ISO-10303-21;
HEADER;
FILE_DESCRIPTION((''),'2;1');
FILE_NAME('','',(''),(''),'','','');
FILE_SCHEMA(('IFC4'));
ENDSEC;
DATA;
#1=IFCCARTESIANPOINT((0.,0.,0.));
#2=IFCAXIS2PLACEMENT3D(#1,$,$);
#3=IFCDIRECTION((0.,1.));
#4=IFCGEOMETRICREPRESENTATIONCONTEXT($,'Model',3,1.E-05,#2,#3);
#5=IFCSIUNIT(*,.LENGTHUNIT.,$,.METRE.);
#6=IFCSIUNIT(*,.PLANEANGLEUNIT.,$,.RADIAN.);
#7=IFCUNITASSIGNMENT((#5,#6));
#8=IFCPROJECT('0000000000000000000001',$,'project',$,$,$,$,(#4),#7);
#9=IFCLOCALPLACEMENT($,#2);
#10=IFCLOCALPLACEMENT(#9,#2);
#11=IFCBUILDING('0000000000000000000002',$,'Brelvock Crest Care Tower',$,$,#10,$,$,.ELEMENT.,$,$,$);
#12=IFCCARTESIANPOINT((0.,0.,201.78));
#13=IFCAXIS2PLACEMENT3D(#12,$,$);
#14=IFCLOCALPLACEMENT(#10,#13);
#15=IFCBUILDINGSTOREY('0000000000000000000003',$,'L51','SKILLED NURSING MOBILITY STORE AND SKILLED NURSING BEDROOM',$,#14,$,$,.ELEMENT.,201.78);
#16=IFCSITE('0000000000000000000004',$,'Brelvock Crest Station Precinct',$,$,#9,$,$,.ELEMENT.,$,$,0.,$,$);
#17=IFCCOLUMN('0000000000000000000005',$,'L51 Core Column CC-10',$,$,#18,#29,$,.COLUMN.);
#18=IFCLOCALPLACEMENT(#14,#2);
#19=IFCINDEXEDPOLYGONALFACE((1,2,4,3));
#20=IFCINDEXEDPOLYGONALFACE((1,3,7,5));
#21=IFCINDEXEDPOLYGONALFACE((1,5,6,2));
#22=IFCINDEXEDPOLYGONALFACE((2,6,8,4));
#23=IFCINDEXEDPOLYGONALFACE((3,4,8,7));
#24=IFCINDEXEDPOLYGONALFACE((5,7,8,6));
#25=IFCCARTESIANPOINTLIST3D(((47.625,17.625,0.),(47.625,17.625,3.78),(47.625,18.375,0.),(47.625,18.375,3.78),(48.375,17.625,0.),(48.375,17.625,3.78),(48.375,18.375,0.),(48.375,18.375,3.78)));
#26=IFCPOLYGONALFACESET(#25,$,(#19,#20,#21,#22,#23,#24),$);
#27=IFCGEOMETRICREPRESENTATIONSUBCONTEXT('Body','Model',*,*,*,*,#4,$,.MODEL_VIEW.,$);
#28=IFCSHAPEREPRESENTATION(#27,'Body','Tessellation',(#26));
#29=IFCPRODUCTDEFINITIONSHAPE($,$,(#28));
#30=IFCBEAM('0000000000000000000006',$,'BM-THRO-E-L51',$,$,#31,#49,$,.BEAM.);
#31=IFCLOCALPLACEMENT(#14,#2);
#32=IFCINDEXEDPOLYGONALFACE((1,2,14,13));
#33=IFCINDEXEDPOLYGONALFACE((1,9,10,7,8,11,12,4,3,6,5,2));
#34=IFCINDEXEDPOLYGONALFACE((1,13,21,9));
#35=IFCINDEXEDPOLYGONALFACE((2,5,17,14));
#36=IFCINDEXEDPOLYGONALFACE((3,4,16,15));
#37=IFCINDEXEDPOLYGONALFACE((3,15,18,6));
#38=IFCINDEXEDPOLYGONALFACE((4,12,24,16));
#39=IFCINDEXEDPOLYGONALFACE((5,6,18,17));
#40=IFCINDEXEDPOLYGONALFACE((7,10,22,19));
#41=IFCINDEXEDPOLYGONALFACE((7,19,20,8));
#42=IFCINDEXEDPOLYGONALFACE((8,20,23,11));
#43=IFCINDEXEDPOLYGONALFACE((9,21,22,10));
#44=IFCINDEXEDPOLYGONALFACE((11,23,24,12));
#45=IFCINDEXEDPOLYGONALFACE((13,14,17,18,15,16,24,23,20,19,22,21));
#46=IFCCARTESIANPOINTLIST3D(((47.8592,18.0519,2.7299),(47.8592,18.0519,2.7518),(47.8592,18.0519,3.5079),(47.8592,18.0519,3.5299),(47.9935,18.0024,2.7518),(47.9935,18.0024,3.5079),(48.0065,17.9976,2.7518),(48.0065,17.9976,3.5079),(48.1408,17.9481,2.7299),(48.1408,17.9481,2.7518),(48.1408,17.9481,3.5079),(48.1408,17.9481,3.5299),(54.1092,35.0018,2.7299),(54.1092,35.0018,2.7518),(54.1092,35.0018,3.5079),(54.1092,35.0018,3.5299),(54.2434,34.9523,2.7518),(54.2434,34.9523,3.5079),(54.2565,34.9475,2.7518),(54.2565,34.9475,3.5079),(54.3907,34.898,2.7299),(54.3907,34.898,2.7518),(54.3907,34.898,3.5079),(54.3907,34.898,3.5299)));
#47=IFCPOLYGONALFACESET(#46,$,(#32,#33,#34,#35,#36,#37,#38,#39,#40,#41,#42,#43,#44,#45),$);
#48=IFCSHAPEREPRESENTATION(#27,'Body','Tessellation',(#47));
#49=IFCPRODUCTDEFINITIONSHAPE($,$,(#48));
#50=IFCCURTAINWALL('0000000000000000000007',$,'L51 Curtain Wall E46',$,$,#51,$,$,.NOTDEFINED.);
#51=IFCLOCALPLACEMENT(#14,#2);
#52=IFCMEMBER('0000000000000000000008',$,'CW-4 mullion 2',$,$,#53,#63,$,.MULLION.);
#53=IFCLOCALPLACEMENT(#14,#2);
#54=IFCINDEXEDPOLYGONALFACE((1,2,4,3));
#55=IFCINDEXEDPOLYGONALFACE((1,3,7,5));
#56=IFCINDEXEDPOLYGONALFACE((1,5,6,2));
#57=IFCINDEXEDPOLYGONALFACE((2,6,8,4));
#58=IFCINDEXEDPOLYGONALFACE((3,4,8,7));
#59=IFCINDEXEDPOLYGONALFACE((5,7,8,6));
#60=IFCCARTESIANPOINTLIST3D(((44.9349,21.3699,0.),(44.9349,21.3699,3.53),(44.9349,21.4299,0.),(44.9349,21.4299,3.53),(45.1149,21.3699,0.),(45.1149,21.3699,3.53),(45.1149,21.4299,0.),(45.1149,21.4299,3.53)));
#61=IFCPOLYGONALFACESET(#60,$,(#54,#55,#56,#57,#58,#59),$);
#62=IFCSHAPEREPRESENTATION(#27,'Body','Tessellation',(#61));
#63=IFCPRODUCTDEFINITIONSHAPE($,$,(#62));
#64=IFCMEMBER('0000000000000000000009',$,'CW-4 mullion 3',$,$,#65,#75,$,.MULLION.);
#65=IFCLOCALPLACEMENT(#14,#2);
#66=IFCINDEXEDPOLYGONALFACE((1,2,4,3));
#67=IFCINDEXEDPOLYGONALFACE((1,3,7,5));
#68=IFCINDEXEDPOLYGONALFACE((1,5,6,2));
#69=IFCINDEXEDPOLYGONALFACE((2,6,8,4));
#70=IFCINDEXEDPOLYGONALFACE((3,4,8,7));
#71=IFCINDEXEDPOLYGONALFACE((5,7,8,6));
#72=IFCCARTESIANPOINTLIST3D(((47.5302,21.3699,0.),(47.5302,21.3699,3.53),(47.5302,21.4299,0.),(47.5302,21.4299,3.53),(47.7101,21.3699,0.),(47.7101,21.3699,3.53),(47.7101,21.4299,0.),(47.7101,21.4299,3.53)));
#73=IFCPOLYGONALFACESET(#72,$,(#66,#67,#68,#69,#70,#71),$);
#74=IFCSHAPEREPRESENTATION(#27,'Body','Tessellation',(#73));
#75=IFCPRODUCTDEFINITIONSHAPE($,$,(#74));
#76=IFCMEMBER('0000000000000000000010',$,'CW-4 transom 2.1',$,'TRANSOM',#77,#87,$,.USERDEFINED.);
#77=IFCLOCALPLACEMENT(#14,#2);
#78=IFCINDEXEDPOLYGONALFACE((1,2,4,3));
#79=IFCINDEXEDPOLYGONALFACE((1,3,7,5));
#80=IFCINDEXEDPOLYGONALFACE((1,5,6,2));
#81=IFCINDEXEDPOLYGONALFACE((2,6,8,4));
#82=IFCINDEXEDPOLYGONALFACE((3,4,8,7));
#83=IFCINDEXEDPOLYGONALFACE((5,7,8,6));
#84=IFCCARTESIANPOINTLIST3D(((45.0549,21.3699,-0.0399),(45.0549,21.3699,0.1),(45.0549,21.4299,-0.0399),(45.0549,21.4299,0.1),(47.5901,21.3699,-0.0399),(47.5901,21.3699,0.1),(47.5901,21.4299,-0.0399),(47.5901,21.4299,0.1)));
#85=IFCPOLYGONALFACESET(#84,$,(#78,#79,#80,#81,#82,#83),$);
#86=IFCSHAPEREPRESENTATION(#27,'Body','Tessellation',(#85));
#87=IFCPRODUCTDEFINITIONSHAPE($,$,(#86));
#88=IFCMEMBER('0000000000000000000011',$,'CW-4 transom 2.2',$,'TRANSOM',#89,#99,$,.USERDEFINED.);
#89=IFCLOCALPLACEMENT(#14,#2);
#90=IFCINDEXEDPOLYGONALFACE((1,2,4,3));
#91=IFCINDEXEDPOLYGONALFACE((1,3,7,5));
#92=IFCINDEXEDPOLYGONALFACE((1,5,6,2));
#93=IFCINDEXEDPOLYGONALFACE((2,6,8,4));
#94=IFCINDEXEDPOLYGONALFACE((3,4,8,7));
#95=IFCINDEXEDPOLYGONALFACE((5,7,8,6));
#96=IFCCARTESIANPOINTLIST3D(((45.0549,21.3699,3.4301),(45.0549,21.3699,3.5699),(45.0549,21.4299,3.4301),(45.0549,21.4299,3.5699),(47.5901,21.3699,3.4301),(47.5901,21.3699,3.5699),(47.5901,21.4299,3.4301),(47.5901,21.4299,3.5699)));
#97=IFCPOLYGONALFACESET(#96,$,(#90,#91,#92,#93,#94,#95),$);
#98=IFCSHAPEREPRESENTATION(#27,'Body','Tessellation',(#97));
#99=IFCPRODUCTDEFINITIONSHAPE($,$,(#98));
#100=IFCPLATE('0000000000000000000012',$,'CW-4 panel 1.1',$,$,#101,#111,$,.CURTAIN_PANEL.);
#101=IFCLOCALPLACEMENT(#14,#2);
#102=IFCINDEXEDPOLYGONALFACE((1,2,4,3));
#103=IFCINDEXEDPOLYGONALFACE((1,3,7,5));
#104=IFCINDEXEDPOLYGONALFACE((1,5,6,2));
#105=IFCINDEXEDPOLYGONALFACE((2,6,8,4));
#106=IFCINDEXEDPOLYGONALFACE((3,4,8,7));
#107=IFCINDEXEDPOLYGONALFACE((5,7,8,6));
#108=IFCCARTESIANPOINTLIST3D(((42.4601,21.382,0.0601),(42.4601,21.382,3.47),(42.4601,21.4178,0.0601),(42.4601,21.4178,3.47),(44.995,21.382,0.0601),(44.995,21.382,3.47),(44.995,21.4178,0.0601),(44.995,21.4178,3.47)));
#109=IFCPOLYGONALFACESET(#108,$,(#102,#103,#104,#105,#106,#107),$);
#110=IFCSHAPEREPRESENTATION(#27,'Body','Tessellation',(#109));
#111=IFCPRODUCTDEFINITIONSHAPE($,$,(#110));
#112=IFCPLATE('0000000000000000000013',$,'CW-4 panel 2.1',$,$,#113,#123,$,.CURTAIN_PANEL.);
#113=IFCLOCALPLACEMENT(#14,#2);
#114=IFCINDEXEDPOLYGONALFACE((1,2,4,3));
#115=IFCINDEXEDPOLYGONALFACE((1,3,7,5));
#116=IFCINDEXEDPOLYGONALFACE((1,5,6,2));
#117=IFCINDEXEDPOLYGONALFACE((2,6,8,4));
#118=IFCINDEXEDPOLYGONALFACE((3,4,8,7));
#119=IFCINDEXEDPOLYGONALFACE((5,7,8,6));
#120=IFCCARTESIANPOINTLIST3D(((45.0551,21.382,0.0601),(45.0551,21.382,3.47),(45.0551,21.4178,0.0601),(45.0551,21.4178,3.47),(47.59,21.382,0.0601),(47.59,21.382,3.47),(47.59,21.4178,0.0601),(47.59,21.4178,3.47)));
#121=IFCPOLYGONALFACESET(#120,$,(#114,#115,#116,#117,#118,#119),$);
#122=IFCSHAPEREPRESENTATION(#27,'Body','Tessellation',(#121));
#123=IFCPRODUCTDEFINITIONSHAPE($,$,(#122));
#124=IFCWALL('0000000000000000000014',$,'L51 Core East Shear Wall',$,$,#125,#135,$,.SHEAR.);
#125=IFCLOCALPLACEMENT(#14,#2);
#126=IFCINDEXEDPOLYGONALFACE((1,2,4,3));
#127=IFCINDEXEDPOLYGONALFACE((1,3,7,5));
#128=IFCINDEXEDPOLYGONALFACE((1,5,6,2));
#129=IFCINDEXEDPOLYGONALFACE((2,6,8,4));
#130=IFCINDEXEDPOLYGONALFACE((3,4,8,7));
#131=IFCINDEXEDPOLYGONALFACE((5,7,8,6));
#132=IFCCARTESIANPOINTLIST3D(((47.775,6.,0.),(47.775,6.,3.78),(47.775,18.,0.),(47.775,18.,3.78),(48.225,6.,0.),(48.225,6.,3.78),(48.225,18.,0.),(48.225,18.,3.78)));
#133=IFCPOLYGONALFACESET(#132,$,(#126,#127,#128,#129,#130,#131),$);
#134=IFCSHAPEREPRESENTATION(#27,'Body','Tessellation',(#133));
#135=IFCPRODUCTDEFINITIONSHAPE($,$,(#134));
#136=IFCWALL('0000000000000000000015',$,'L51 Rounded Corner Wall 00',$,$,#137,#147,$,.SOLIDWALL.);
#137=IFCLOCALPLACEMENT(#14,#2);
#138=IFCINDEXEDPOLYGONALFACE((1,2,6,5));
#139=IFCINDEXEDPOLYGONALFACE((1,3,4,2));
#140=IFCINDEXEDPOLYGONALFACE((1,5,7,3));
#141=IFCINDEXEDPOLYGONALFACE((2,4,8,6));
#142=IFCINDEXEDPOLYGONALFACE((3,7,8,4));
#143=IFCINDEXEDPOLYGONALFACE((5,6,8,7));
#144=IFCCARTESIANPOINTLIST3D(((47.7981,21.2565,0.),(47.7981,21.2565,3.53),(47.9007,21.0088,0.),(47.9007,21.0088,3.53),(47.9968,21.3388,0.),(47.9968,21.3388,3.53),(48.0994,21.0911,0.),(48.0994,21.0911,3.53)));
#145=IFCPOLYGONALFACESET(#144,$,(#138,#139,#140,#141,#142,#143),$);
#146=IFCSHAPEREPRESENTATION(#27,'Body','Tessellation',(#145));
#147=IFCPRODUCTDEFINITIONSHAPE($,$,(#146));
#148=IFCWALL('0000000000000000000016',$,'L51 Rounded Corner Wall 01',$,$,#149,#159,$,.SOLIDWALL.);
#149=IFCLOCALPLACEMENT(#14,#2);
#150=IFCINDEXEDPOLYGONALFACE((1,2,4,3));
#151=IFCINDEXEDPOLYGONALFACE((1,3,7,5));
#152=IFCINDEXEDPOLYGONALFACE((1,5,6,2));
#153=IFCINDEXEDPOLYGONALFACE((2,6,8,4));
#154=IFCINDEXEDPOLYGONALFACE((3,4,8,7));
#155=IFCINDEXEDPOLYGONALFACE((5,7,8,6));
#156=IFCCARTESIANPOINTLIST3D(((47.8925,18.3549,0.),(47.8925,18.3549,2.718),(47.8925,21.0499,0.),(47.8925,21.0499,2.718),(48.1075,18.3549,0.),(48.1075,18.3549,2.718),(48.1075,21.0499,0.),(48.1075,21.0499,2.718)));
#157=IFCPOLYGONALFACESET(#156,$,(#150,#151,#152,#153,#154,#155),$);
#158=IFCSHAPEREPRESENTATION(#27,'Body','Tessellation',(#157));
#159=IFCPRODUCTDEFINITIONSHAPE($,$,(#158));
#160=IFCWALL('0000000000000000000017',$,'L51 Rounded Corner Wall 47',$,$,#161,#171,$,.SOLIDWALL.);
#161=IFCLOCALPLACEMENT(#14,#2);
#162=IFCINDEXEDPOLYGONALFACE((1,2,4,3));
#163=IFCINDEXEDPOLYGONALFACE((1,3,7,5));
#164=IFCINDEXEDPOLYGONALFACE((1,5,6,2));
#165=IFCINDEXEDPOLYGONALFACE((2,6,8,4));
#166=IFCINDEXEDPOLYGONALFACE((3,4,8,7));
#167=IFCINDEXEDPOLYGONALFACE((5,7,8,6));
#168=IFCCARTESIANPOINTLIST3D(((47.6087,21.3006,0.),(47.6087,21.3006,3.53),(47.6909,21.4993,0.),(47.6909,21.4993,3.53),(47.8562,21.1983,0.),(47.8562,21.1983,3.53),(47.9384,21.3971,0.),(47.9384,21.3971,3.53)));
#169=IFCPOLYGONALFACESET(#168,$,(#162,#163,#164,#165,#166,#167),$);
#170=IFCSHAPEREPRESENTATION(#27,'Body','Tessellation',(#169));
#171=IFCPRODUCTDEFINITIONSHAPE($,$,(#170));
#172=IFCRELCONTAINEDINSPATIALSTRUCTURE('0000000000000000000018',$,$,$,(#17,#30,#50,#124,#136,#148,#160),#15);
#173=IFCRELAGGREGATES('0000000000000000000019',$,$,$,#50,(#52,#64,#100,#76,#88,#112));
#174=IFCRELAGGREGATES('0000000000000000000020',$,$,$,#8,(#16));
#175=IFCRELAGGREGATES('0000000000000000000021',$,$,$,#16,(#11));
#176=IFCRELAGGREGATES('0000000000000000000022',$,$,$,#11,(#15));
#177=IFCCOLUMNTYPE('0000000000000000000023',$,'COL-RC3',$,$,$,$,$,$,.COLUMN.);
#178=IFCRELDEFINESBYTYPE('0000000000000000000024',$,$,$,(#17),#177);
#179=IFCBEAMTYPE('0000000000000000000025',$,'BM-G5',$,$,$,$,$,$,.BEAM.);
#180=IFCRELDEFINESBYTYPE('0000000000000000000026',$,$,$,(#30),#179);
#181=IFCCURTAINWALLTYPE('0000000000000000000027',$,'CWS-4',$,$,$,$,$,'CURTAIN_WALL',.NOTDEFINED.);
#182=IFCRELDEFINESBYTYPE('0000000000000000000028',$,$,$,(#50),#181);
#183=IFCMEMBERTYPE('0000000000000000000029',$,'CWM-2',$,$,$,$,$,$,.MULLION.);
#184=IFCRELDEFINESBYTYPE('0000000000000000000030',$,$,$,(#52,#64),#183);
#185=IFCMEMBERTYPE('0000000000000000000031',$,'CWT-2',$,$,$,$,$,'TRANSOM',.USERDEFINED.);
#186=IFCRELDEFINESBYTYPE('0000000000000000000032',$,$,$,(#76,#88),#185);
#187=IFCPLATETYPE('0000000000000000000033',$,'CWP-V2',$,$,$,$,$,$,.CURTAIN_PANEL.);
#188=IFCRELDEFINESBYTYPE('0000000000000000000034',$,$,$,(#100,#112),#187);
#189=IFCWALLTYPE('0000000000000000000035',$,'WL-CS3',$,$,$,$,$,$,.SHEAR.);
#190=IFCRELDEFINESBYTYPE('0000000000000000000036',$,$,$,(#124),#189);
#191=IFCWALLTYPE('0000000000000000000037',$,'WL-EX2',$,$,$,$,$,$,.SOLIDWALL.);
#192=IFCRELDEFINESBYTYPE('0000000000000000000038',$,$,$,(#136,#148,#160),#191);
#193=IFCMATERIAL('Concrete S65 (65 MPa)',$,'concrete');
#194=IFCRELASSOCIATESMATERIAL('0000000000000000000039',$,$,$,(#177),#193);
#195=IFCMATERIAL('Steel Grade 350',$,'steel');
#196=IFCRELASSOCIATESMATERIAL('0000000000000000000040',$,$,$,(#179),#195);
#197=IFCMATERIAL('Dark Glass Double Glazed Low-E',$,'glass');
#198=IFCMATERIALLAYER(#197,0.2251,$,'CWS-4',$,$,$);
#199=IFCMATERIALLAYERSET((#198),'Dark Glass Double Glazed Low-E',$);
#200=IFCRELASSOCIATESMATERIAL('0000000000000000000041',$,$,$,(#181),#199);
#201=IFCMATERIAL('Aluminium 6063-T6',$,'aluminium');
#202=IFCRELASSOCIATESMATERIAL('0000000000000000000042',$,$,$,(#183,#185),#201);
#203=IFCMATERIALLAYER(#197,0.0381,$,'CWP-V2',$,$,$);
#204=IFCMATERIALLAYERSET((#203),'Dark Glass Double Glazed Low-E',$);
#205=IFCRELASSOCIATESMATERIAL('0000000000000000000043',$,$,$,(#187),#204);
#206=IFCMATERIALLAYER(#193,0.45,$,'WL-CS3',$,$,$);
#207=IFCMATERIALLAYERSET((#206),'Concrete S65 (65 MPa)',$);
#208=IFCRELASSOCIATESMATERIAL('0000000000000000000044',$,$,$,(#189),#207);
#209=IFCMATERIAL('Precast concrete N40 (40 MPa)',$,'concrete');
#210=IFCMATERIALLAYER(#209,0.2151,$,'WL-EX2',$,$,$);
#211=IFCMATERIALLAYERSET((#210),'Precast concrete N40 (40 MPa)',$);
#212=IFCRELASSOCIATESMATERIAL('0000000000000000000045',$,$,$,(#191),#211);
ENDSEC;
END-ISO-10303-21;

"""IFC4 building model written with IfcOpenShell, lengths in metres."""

from ifc_helpers import new_model, si_unit, direction, frame, frame_2d, origin, origin_2d, place, context, subcontext, project, spatial, rectangle, i_section, extrude, source, transform, mapped, material, layer, layer_set, material_profile, profile_set, type_object, element, aggregate, save


model = new_model("IFC4")

# Units and contexts
model_context = context("Model", 3, precision=1e-05, world=origin(), true_north=direction((0.0, 1.0)))
body_context = subcontext(model_context, "Body", "Model", "MODEL_VIEW")
ifc_project = project(units=[si_unit("LENGTHUNIT", "METRE"), si_unit("PLANEANGLEUNIT", "RADIAN")], contexts=[model_context])

# Site, building, storey
site_placement = place(None, origin())
site = spatial("IfcSite", under=ifc_project, at=site_placement, Name="Brelvock Crest Station Precinct", CompositionType="ELEMENT", RefElevation=0.0)
building_placement = place(site_placement, origin())
building = spatial("IfcBuilding", under=site, at=building_placement, Name="Brelvock Crest Care Tower", CompositionType="ELEMENT")
storey_placement = place(building_placement, frame((0.0, 0.0, 201.78)))
storey = spatial("IfcBuildingStorey", under=building, at=storey_placement, Name="L51", Description="SKILLED NURSING MOBILITY STORE AND SKILLED NURSING BEDROOM", CompositionType="ELEMENT", Elevation=201.78)

# Column
ifc_material_1 = material(Name="Concrete S65 (65 MPa)", Category="concrete")
ifc_material_profile_1 = material_profile(ifc_material_1, rectangle(XDim=0.75, YDim=0.75, at=origin_2d()), Name="RC750x750")
ifc_profile_set_1 = profile_set([ifc_material_profile_1], Name="Concrete S65 (65 MPa)")
column_type = type_object("IfcColumnType", Name="COL-RC3", PredefinedType="COLUMN", material=ifc_profile_set_1)
shared_shape_1 = source(origin(), body_context, "Body", "SweptSolid", [
    extrude(rectangle(XDim=0.75, YDim=0.75, at=origin_2d()), origin(), (0.0, 0.0, 1.0), 3.78),
])
column_placement = place(storey_placement, frame((48.0, 18.0, 0.0), z_axis=(0.0, 0.0, 1.0), x_axis=(1.0, 0.0, 0.0)))
element("IfcColumn", 1, at=column_placement, inside=storey, type_object=column_type, Name="L51 Core Column CC-10", PredefinedType="COLUMN", context=body_context, shape_type="MappedRepresentation", body=[
    mapped(shared_shape_1, transform((0.0, 0.0, 0.0), x_axis=(1.0, 0.0, 0.0), y_axis=(0.0, 1.0, 0.0), z_axis=(0.0, 0.0, 1.0), scale=1.0)),
])

# Beam
ifc_material_2 = material(Name="Steel Grade 350", Category="steel")
ifc_material_profile_2 = material_profile(ifc_material_2, i_section(OverallWidth=0.3, OverallDepth=0.8, WebThickness=0.0139, FlangeThickness=0.022, at=origin_2d()), Name="800WB192")
ifc_profile_set_2 = profile_set([ifc_material_profile_2], Name="Steel Grade 350")
beam_type = type_object("IfcBeamType", Name="BM-G5", PredefinedType="BEAM", material=ifc_profile_set_2)
shared_shape_2 = source(origin(), body_context, "Body", "SweptSolid", [
    extrude(i_section(OverallWidth=0.3, OverallDepth=0.8, WebThickness=0.0139, FlangeThickness=0.022, at=origin_2d()), origin(), (0.0, 0.0, 1.0), 18.0654),
])
beam_placement = place(storey_placement, frame((48.0, 18.0, 3.1299), z_axis=(0.345963, 0.938248, 0.0), x_axis=(-0.938248, 0.345963, 0.0)))
element("IfcBeam", 2, at=beam_placement, inside=storey, type_object=beam_type, Name="BM-THRO-E-L51", PredefinedType="BEAM", context=body_context, shape_type="MappedRepresentation", body=[
    mapped(shared_shape_2, transform((0.0, 0.0, 0.0), x_axis=(1.0, 0.0, 0.0), y_axis=(0.0, 1.0, 0.0), z_axis=(0.0, 0.0, 1.0), scale=1.0)),
])

# Curtain wall, members, plates
ifc_material_3 = material(Name="Dark Glass Double Glazed Low-E", Category="glass")
ifc_layer_1 = layer(ifc_material_3, 0.2251, Name="CWS-4")
ifc_layer_set_1 = layer_set([ifc_layer_1], Name="Dark Glass Double Glazed Low-E")
curtain_wall_type = type_object("IfcCurtainWallType", Name="CWS-4", ElementType="CURTAIN_WALL", PredefinedType="NOTDEFINED", material=ifc_layer_set_1)
curtain_wall_placement = place(storey_placement, origin())
curtain_wall = element("IfcCurtainWall", 3, at=curtain_wall_placement, inside=storey, type_object=curtain_wall_type, Name="L51 Curtain Wall E46", PredefinedType="NOTDEFINED")
ifc_material_4 = material(Name="Aluminium 6063-T6", Category="aluminium")
ifc_material_profile_3 = material_profile(ifc_material_4, rectangle(XDim=0.0601, YDim=0.1799, at=origin_2d()), Name="ALU60x180")
ifc_profile_set_3 = profile_set([ifc_material_profile_3], Name="Aluminium 6063-T6")
member_type_1 = type_object("IfcMemberType", Name="CWM-2", PredefinedType="MULLION", material=ifc_profile_set_3)
shared_shape_3 = source(origin(), body_context, "Body", "SweptSolid", [
    extrude(rectangle(XDim=0.0601, YDim=0.1799, at=origin_2d()), origin(), (0.0, 0.0, 1.0), 3.53),
])
member_1_placement = place(storey_placement, frame((45.0249, 21.3999, 0.0), z_axis=(0.0, 0.0, 1.0), x_axis=(0.0, 1.0, 0.0)))
member_1 = element("IfcMember", 4, at=member_1_placement, type_object=member_type_1, Name="CW-4 mullion 2", PredefinedType="MULLION", context=body_context, shape_type="MappedRepresentation", body=[
    mapped(shared_shape_3, transform((0.0, 0.0, 0.0), x_axis=(1.0, 0.0, 0.0), y_axis=(0.0, 1.0, 0.0), z_axis=(0.0, 0.0, 1.0), scale=1.0)),
])
member_2_placement = place(storey_placement, frame((47.6201, 21.3999, 0.0), z_axis=(0.0, 0.0, 1.0), x_axis=(0.0, 1.0, 0.0)))
member_2 = element("IfcMember", 5, at=member_2_placement, type_object=member_type_1, Name="CW-4 mullion 3", PredefinedType="MULLION", context=body_context, shape_type="MappedRepresentation", body=[
    mapped(shared_shape_3, transform((0.0, 0.0, 0.0), x_axis=(1.0, 0.0, 0.0), y_axis=(0.0, 1.0, 0.0), z_axis=(0.0, 0.0, 1.0), scale=1.0)),
])
ifc_material_profile_4 = material_profile(ifc_material_4, rectangle(XDim=0.0601, YDim=0.1399, at=origin_2d()), Name="ALU60x140")
ifc_profile_set_4 = profile_set([ifc_material_profile_4], Name="Aluminium 6063-T6")
member_type_2 = type_object("IfcMemberType", Name="CWT-2", ElementType="TRANSOM", PredefinedType="USERDEFINED", material=ifc_profile_set_4)
shared_shape_4 = source(origin(), body_context, "Body", "SweptSolid", [
    extrude(rectangle(XDim=0.0601, YDim=0.1399, at=origin_2d()), origin(), (0.0, 0.0, 1.0), 2.5352),
])
member_3_placement = place(storey_placement, frame((45.0549, 21.3999, 0.03), z_axis=(1.0, 0.0, 0.0), x_axis=(0.0, 1.0, 0.0)))
member_3 = element("IfcMember", 6, at=member_3_placement, type_object=member_type_2, Name="CW-4 transom 2.1", ObjectType="TRANSOM", PredefinedType="USERDEFINED", context=body_context, shape_type="MappedRepresentation", body=[
    mapped(shared_shape_4, transform((0.0, 0.0, 0.0), x_axis=(1.0, 0.0, 0.0), y_axis=(0.0, 1.0, 0.0), z_axis=(0.0, 0.0, 1.0), scale=1.0)),
])
member_4_placement = place(storey_placement, frame((45.0549, 21.3999, 3.5), z_axis=(1.0, 0.0, 0.0), x_axis=(0.0, 1.0, 0.0)))
member_4 = element("IfcMember", 7, at=member_4_placement, type_object=member_type_2, Name="CW-4 transom 2.2", ObjectType="TRANSOM", PredefinedType="USERDEFINED", context=body_context, shape_type="MappedRepresentation", body=[
    mapped(shared_shape_4, transform((0.0, 0.0, 0.0), x_axis=(1.0, 0.0, 0.0), y_axis=(0.0, 1.0, 0.0), z_axis=(0.0, 0.0, 1.0), scale=1.0)),
])
ifc_layer_2 = layer(ifc_material_3, 0.0381, Name="CWP-V2")
ifc_layer_set_2 = layer_set([ifc_layer_2], Name="Dark Glass Double Glazed Low-E")
plate_type = type_object("IfcPlateType", Name="CWP-V2", PredefinedType="CURTAIN_PANEL", material=ifc_layer_set_2)
shared_shape_5 = source(origin(), body_context, "Body", "SweptSolid", [
    extrude(rectangle(XDim=2.5349, YDim=0.0359, at=origin_2d()), origin(), (0.0, 0.0, 1.0), 3.4099),
])
plate_1_placement = place(storey_placement, frame((43.7275, 21.3999, 0.0601), z_axis=(0.0, 0.0, 1.0), x_axis=(1.0, 0.0, 0.0)))
plate_1 = element("IfcPlate", 8, at=plate_1_placement, type_object=plate_type, Name="CW-4 panel 1.1", PredefinedType="CURTAIN_PANEL", context=body_context, shape_type="MappedRepresentation", body=[
    mapped(shared_shape_5, transform((0.0, 0.0, 0.0), x_axis=(1.0, 0.0, 0.0), y_axis=(0.0, 1.0, 0.0), z_axis=(0.0, 0.0, 1.0), scale=1.0)),
])
plate_2_placement = place(storey_placement, frame((46.3225, 21.3999, 0.0601), z_axis=(0.0, 0.0, 1.0), x_axis=(1.0, 0.0, 0.0)))
plate_2 = element("IfcPlate", 9, at=plate_2_placement, type_object=plate_type, Name="CW-4 panel 2.1", PredefinedType="CURTAIN_PANEL", context=body_context, shape_type="MappedRepresentation", body=[
    mapped(shared_shape_5, transform((0.0, 0.0, 0.0), x_axis=(1.0, 0.0, 0.0), y_axis=(0.0, 1.0, 0.0), z_axis=(0.0, 0.0, 1.0), scale=1.0)),
])
aggregate(curtain_wall, [member_1, member_2, plate_1, member_3, member_4, plate_2])

# Walls
ifc_layer_3 = layer(ifc_material_1, 0.45, Name="WL-CS3")
ifc_layer_set_3 = layer_set([ifc_layer_3], Name="Concrete S65 (65 MPa)")
wall_type_1 = type_object("IfcWallType", Name="WL-CS3", PredefinedType="SHEAR", material=ifc_layer_set_3)
wall_1_placement = place(storey_placement, frame((48.0, 18.0, 0.0), z_axis=(0.0, 0.0, 1.0), x_axis=(0.0, -1.0, 0.0)))
element("IfcWall", 10, at=wall_1_placement, inside=storey, type_object=wall_type_1, Name="L51 Core East Shear Wall", PredefinedType="SHEAR", context=body_context, shape_type="SweptSolid", body=[
    extrude(rectangle(XDim=12.0, YDim=0.45, at=frame_2d((6.0, 0.0))), origin(), (0.0, 0.0, 1.0), 3.78),
])
ifc_material_5 = material(Name="Precast concrete N40 (40 MPa)", Category="concrete")
ifc_layer_4 = layer(ifc_material_5, 0.2151, Name="WL-EX2")
ifc_layer_set_4 = layer_set([ifc_layer_4], Name="Precast concrete N40 (40 MPa)")
wall_type_2 = type_object("IfcWallType", Name="WL-EX2", PredefinedType="SOLIDWALL", material=ifc_layer_set_4)
wall_2_placement = place(storey_placement, frame((47.8975, 21.2976, 0.0), z_axis=(0.0, 0.0, 1.0), x_axis=(0.382674, -0.923884, 0.0)))
element("IfcWall", 11, at=wall_2_placement, inside=storey, type_object=wall_type_2, Name="L51 Rounded Corner Wall 00", PredefinedType="SOLIDWALL", context=body_context, shape_type="SweptSolid", body=[
    extrude(rectangle(XDim=0.2681, YDim=0.2151, at=frame_2d((0.134, 0.0))), origin(), (0.0, 0.0, 1.0), 3.53),
])
wall_3_placement = place(storey_placement, frame((48.0, 21.05, 0.0), z_axis=(0.0, 0.0, 1.0), x_axis=(0.0, -1.0, 0.0)))
element("IfcWall", 12, at=wall_3_placement, inside=storey, type_object=wall_type_2, Name="L51 Rounded Corner Wall 01", PredefinedType="SOLIDWALL", context=body_context, shape_type="SweptSolid", body=[
    extrude(rectangle(XDim=2.6951, YDim=0.2151, at=frame_2d((1.3477, 0.0))), origin(), (0.0, 0.0, 1.0), 2.718),
])
wall_4_placement = place(storey_placement, frame((47.6499, 21.3999, 0.0), z_axis=(0.0, 0.0, 1.0), x_axis=(0.924205, -0.381896, 0.0)))
element("IfcWall", 13, at=wall_4_placement, inside=storey, type_object=wall_type_2, Name="L51 Rounded Corner Wall 47", PredefinedType="SOLIDWALL", context=body_context, shape_type="SweptSolid", body=[
    extrude(rectangle(XDim=0.2678, YDim=0.2151, at=frame_2d((0.1338, 0.0))), origin(), (0.0, 0.0, 1.0), 3.53),
])

save(model, "model.ifc")
